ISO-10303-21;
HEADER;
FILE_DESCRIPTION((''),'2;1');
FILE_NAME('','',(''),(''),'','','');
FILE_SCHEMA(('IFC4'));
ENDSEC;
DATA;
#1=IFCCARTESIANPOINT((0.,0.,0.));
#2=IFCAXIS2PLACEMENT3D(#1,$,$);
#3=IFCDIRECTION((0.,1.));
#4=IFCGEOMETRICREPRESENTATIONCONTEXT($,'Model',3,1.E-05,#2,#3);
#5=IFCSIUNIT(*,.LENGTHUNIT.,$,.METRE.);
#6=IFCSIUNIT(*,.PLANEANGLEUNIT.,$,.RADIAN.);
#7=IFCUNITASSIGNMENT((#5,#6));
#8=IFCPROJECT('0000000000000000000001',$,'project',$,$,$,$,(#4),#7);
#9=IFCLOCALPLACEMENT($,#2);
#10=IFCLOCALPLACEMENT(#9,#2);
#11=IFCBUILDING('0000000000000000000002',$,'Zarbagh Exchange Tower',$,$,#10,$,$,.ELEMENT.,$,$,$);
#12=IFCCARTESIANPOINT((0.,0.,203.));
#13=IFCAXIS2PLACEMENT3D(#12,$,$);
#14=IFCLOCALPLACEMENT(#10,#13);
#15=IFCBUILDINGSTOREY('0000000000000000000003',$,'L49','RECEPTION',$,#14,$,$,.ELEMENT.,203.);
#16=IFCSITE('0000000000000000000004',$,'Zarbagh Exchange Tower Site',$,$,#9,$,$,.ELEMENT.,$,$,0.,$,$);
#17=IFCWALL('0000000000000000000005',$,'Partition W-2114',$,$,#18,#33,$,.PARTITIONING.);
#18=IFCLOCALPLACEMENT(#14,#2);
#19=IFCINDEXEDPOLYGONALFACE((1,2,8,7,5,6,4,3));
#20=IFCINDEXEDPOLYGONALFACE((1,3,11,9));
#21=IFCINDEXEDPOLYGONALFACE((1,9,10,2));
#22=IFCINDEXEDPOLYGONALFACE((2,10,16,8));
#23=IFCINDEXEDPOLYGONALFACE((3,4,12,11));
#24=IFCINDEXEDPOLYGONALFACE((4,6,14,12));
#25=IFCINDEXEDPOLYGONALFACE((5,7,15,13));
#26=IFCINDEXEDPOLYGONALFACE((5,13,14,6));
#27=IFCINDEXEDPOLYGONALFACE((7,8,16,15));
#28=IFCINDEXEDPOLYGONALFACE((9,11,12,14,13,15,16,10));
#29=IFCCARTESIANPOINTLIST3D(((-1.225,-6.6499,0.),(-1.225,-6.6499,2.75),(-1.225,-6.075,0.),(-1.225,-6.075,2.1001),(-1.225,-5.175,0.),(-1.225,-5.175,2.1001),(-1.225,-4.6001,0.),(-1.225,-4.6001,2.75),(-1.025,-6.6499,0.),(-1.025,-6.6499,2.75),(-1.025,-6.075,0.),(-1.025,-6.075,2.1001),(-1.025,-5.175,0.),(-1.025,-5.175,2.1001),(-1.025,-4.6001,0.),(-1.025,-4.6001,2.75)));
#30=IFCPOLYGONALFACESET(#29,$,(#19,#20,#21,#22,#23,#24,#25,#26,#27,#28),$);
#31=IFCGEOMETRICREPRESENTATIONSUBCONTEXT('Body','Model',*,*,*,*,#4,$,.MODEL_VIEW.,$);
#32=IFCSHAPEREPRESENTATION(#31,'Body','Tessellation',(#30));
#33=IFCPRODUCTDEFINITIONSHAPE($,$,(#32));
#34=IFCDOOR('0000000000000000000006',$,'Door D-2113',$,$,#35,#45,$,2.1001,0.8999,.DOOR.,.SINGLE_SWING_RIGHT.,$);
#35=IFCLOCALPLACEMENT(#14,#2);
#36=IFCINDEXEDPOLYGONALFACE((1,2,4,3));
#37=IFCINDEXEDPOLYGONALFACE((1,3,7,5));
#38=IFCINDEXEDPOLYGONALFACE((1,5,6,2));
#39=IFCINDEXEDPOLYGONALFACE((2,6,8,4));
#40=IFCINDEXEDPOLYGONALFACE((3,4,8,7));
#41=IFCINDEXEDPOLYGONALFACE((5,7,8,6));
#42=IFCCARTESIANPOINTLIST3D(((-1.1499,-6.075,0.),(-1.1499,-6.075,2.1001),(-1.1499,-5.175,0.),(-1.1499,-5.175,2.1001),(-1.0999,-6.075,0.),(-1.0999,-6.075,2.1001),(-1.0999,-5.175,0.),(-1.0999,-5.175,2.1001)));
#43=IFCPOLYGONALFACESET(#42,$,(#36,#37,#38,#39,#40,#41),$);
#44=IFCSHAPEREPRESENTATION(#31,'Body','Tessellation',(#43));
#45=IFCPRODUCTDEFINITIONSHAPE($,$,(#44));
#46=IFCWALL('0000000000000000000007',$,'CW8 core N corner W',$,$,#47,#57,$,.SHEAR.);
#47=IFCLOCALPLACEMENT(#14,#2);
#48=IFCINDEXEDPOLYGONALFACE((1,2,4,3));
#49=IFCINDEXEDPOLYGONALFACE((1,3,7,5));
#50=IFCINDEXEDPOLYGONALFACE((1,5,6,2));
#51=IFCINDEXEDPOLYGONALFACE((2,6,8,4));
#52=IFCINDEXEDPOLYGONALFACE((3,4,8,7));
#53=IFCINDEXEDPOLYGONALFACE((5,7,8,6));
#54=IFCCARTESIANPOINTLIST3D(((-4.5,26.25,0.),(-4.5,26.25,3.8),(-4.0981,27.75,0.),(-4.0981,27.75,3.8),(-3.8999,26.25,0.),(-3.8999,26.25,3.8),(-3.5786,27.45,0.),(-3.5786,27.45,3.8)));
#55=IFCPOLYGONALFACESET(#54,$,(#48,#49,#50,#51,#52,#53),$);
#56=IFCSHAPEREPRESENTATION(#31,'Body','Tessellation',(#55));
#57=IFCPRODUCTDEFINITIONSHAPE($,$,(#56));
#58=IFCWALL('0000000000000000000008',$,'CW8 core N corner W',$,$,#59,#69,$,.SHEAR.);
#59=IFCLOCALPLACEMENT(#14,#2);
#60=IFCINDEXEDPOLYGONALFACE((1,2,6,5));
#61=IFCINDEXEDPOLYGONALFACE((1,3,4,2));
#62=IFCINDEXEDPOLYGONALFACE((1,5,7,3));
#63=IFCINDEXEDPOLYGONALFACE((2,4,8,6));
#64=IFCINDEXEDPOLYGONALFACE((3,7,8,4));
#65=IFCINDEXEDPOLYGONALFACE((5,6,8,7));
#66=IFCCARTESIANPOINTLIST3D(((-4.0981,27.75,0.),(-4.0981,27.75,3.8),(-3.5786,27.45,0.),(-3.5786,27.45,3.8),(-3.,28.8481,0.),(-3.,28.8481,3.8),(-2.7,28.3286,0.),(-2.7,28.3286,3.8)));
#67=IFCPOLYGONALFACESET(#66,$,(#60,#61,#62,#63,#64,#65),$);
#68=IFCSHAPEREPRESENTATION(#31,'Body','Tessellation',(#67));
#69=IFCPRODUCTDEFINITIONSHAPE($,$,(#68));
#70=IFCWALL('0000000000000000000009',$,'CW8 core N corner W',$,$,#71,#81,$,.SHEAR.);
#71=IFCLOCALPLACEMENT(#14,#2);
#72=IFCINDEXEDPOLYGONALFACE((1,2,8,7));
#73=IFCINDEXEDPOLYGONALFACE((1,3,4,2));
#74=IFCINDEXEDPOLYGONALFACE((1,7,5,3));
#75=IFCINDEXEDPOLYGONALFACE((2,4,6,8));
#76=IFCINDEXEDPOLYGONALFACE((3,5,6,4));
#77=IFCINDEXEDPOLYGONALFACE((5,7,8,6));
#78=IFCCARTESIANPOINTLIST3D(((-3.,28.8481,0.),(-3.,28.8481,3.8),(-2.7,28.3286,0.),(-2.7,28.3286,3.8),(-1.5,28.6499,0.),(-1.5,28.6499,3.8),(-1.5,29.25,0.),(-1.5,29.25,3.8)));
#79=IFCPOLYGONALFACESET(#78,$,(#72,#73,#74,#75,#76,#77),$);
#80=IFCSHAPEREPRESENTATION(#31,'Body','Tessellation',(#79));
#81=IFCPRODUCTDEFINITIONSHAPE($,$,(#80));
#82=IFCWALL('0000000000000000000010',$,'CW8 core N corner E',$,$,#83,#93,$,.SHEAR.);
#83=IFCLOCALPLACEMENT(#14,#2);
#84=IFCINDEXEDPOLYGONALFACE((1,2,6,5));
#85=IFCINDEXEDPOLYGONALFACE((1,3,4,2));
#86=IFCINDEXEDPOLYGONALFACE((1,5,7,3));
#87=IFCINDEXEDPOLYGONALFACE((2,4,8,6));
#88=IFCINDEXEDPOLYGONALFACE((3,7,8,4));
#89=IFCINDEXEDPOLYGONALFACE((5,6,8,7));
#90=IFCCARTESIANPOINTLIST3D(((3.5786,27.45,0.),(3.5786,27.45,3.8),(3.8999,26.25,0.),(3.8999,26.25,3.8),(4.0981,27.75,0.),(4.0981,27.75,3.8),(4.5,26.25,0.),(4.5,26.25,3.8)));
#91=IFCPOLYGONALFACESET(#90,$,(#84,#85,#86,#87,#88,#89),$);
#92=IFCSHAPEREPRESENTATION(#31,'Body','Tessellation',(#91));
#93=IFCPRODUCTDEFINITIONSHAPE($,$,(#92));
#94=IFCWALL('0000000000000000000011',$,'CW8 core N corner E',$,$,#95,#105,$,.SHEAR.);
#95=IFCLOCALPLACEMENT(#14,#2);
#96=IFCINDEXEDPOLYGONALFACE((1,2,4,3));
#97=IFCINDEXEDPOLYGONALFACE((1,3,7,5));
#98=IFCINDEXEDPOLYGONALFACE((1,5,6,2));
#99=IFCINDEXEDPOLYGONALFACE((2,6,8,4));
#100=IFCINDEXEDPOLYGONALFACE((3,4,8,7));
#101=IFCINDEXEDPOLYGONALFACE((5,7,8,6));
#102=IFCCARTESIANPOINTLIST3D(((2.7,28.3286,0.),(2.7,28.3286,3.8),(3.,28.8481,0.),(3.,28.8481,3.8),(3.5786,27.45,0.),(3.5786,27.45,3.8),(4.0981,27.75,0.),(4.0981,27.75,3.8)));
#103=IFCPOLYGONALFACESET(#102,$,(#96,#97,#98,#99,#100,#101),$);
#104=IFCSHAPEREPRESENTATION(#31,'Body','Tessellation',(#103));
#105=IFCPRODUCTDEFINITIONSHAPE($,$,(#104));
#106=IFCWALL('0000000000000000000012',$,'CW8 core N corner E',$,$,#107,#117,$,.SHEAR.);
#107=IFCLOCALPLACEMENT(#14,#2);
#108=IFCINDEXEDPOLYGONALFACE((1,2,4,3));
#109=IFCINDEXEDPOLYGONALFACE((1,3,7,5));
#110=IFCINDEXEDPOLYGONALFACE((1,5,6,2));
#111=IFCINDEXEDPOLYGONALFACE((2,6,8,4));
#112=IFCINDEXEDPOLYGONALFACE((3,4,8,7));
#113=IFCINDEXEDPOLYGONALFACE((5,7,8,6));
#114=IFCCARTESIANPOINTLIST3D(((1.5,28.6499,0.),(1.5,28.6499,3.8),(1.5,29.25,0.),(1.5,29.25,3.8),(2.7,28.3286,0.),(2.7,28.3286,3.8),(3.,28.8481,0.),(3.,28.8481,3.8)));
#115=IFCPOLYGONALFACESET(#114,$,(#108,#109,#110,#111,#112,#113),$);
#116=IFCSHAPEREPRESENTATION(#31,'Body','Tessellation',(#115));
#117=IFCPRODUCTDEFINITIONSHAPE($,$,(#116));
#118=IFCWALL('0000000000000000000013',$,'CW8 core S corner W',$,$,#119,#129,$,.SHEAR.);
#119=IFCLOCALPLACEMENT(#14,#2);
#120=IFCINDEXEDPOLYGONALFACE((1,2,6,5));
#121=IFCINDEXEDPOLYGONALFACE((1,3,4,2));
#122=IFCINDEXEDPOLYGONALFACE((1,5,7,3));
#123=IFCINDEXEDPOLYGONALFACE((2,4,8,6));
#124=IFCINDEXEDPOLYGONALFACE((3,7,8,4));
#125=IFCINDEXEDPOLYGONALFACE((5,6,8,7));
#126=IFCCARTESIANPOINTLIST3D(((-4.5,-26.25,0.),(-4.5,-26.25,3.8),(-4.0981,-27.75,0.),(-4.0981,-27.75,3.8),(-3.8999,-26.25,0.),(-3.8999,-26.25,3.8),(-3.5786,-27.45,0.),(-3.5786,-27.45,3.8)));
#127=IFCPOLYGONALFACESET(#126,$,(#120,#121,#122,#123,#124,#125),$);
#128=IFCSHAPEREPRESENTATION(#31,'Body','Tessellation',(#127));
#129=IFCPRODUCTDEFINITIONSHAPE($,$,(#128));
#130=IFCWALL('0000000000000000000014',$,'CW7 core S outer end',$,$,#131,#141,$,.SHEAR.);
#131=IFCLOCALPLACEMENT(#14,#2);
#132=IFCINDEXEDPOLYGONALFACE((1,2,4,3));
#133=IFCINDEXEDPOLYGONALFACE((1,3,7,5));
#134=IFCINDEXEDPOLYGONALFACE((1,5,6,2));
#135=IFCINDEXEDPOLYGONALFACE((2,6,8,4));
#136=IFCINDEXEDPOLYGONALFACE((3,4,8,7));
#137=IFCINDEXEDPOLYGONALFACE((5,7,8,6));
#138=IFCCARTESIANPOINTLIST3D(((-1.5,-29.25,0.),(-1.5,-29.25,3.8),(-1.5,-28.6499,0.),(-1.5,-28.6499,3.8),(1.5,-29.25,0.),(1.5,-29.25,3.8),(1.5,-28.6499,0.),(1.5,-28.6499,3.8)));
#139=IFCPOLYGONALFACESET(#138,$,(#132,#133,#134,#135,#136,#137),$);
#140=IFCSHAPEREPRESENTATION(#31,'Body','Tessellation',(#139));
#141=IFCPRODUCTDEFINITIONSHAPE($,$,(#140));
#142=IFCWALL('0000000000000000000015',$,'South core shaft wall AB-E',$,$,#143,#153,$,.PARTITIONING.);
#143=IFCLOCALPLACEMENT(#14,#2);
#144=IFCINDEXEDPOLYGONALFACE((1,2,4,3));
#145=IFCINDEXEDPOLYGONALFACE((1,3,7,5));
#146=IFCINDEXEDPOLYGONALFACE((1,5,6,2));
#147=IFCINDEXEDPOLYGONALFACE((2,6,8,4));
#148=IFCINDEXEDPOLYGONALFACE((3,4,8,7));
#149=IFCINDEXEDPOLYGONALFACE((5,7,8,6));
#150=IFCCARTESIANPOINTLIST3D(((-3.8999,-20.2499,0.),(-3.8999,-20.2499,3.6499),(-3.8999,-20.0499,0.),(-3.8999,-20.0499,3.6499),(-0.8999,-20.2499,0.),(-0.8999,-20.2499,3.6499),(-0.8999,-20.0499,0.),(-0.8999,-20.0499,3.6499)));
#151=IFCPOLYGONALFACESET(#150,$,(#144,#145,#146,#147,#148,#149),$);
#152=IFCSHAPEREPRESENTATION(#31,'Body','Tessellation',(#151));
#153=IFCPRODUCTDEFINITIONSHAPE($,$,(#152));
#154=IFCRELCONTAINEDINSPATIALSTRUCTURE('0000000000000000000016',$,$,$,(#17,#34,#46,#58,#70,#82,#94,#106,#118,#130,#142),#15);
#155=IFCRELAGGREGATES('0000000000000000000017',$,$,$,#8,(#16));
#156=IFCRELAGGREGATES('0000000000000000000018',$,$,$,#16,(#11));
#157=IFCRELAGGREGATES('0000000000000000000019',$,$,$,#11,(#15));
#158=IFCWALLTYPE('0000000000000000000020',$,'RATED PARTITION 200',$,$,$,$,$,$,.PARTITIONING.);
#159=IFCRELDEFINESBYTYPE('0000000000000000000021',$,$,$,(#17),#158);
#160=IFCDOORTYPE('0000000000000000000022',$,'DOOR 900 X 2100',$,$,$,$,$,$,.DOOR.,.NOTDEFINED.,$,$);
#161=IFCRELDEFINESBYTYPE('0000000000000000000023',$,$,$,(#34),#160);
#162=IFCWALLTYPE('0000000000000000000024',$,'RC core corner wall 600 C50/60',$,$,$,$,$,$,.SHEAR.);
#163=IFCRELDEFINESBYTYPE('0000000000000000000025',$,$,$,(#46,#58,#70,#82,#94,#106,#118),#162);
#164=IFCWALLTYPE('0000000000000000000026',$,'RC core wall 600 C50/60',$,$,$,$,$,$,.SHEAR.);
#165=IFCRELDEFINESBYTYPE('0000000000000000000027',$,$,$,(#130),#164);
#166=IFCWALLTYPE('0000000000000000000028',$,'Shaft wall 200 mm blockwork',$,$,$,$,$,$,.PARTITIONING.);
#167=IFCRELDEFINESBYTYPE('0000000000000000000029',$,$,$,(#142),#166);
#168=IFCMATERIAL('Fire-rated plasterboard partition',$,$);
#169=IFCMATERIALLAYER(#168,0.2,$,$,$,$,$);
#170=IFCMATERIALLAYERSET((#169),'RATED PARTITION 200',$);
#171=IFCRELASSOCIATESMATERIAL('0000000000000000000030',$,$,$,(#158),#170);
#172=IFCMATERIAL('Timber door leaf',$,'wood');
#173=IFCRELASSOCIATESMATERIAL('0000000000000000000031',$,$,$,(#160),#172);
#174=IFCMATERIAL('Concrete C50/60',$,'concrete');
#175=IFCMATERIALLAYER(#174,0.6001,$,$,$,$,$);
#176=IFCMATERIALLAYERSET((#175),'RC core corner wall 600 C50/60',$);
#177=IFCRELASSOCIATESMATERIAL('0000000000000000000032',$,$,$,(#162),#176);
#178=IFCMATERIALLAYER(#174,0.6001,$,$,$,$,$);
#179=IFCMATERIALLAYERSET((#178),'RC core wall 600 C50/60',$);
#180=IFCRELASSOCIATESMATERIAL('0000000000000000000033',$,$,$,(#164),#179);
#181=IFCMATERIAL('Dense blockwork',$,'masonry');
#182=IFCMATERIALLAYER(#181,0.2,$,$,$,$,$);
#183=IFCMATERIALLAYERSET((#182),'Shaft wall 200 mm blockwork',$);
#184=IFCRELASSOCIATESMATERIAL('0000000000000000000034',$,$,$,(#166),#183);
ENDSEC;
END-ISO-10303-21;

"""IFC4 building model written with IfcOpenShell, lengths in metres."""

from ifc_helpers import new_model, si_unit, direction, frame, frame_2d, origin, place, context, subcontext, project, spatial, polyline, rectangle, outline, extrude, material, layer, layer_set, type_object, element, fill, save


model = new_model("IFC4")

# Units and contexts
model_context = context("Model", 3, precision=1e-05, world=origin(), true_north=direction((0.0, 1.0)))
body_context = subcontext(model_context, "Body", "Model", "MODEL_VIEW")
ifc_project = project(units=[si_unit("LENGTHUNIT", "METRE"), si_unit("PLANEANGLEUNIT", "RADIAN")], contexts=[model_context])

# Site, building, storey
site_placement = place(None, origin())
site = spatial("IfcSite", under=ifc_project, at=site_placement, Name="Zarbagh Exchange Tower Site", CompositionType="ELEMENT", RefElevation=0.0)
building_placement = place(site_placement, origin())
building = spatial("IfcBuilding", under=site, at=building_placement, Name="Zarbagh Exchange Tower", CompositionType="ELEMENT")
storey_placement = place(building_placement, frame((0.0, 0.0, 203.0)))
storey = spatial("IfcBuildingStorey", under=building, at=storey_placement, Name="L49", Description="RECEPTION", CompositionType="ELEMENT", Elevation=203.0)

# Shared definitions
ifc_material_1 = material(Name="Dense blockwork", Category="masonry")

# Shared definitions
ifc_material_2 = material(Name="Fire-rated plasterboard partition")
ifc_layer_1 = layer(ifc_material_2, 0.2)
ifc_layer_set_1 = layer_set([ifc_layer_1], Name="RATED PARTITION 200")
wall_type_1 = type_object("IfcWallType", Name="RATED PARTITION 200", PredefinedType="PARTITIONING", material=ifc_layer_set_1)
ifc_material_3 = material(Name="Timber door leaf", Category="wood")
door_type_1 = type_object("IfcDoorType", Name="DOOR 900 X 2100", OperationType="NOTDEFINED", PredefinedType="DOOR", material=ifc_material_3)

# Wall, opening, door
wall_1_placement = place(storey_placement, frame((-1.125, -6.6499, 0.0), z_axis=(0.0, 0.0, 1.0), x_axis=(0.0, 1.0, 0.0)))
wall_1 = element("IfcWall", 1, at=wall_1_placement, inside=storey, type_object=wall_type_1, Name="Partition W-2114", PredefinedType="PARTITIONING", context=body_context, shape_type="SweptSolid", body=[
    extrude(rectangle(XDim=2.0498, YDim=0.2, at=frame_2d((1.0249, 0.0))), origin(), (0.0, 0.0, 1.0), 2.75),
])
opening_1_placement = place(wall_1_placement, frame((0.575, 0.0, 0.0)))
opening_1 = element("IfcOpeningElement", 2, at=opening_1_placement, cuts=wall_1, PredefinedType="OPENING", context=body_context, shape_type="SweptSolid", body=[
    extrude(rectangle(XDim=0.8999, YDim=2.1001, at=frame_2d((0.45, 1.05))), frame((0.0, 0.1099, 0.0), z_axis=(0.0, -1.0, 0.0), x_axis=(1.0, 0.0, 0.0)), (0.0, 0.0, 1.0), 0.22),
])
door_1_placement = place(opening_1_placement, origin())
door_1 = element("IfcDoor", 3, at=door_1_placement, inside=storey, type_object=door_type_1, Name="Door D-2113", OperationType="SINGLE_SWING_RIGHT", OverallHeight=2.1001, OverallWidth=0.8999, PredefinedType="DOOR", context=body_context, shape_type="SweptSolid", body=[
    extrude(rectangle(XDim=0.8999, YDim=2.1001, at=frame_2d((0.45, 1.05))), frame((0.0, 0.0249, 0.0), z_axis=(0.0, -1.0, 0.0), x_axis=(1.0, 0.0, 0.0)), (0.0, 0.0, 1.0), 0.05),
])
fill(opening_1, door_1)

# Walls
ifc_material_4 = material(Name="Concrete C50/60", Category="concrete")
ifc_layer_2 = layer(ifc_material_4, 0.6001)
ifc_layer_set_2 = layer_set([ifc_layer_2], Name="RC core corner wall 600 C50/60")
wall_type_2 = type_object("IfcWallType", Name="RC core corner wall 600 C50/60", PredefinedType="SHEAR", material=ifc_layer_set_2)
wall_2_placement = place(storey_placement, origin())
element("IfcWall", 4, at=wall_2_placement, inside=storey, type_object=wall_type_2, Name="CW8 core N corner W", PredefinedType="SHEAR", context=body_context, shape_type="SweptSolid", body=[
    extrude(outline(polyline([(-4.5, 26.25), (-4.0981, 27.75), (-3.5786, 27.45), (-3.8999, 26.25), (-4.5, 26.25)])), origin(), (0.0, 0.0, 1.0), 3.8),
])
wall_3_placement = place(storey_placement, origin())
element("IfcWall", 5, at=wall_3_placement, inside=storey, type_object=wall_type_2, Name="CW8 core N corner W", PredefinedType="SHEAR", context=body_context, shape_type="SweptSolid", body=[
    extrude(outline(polyline([(-4.0981, 27.75), (-3.0, 28.8481), (-2.7, 28.3286), (-3.5786, 27.45), (-4.0981, 27.75)])), origin(), (0.0, 0.0, 1.0), 3.8),
])
wall_4_placement = place(storey_placement, origin())
element("IfcWall", 6, at=wall_4_placement, inside=storey, type_object=wall_type_2, Name="CW8 core N corner W", PredefinedType="SHEAR", context=body_context, shape_type="SweptSolid", body=[
    extrude(outline(polyline([(-3.0, 28.8481), (-1.5, 29.25), (-1.5, 28.6499), (-2.7, 28.3286), (-3.0, 28.8481)])), origin(), (0.0, 0.0, 1.0), 3.8),
])
wall_5_placement = place(storey_placement, origin())
element("IfcWall", 7, at=wall_5_placement, inside=storey, type_object=wall_type_2, Name="CW8 core N corner E", PredefinedType="SHEAR", context=body_context, shape_type="SweptSolid", body=[
    extrude(outline(polyline([(4.5, 26.25), (4.0981, 27.75), (3.5786, 27.45), (3.8999, 26.25), (4.5, 26.25)])), origin(), (0.0, 0.0, 1.0), 3.8),
])
wall_6_placement = place(storey_placement, origin())
element("IfcWall", 8, at=wall_6_placement, inside=storey, type_object=wall_type_2, Name="CW8 core N corner E", PredefinedType="SHEAR", context=body_context, shape_type="SweptSolid", body=[
    extrude(outline(polyline([(4.0981, 27.75), (3.0, 28.8481), (2.7, 28.3286), (3.5786, 27.45), (4.0981, 27.75)])), origin(), (0.0, 0.0, 1.0), 3.8),
])
wall_7_placement = place(storey_placement, origin())
element("IfcWall", 9, at=wall_7_placement, inside=storey, type_object=wall_type_2, Name="CW8 core N corner E", PredefinedType="SHEAR", context=body_context, shape_type="SweptSolid", body=[
    extrude(outline(polyline([(3.0, 28.8481), (1.5, 29.25), (1.5, 28.6499), (2.7, 28.3286), (3.0, 28.8481)])), origin(), (0.0, 0.0, 1.0), 3.8),
])
wall_8_placement = place(storey_placement, origin())
element("IfcWall", 10, at=wall_8_placement, inside=storey, type_object=wall_type_2, Name="CW8 core S corner W", PredefinedType="SHEAR", context=body_context, shape_type="SweptSolid", body=[
    extrude(outline(polyline([(-4.5, -26.25), (-4.0981, -27.75), (-3.5786, -27.45), (-3.8999, -26.25), (-4.5, -26.25)])), origin(), (0.0, 0.0, 1.0), 3.8),
])
ifc_layer_3 = layer(ifc_material_4, 0.6001)
ifc_layer_set_3 = layer_set([ifc_layer_3], Name="RC core wall 600 C50/60")
wall_type_3 = type_object("IfcWallType", Name="RC core wall 600 C50/60", PredefinedType="SHEAR", material=ifc_layer_set_3)
wall_9_placement = place(storey_placement, frame((-1.5, -28.95, 0.0), z_axis=(0.0, 0.0, 1.0), x_axis=(1.0, 0.0, 0.0)))
element("IfcWall", 11, at=wall_9_placement, inside=storey, type_object=wall_type_3, Name="CW7 core S outer end", PredefinedType="SHEAR", context=body_context, shape_type="SweptSolid", body=[
    extrude(rectangle(XDim=3.0, YDim=0.6001, at=frame_2d((1.5, 0.0))), origin(), (0.0, 0.0, 1.0), 3.8),
])
ifc_layer_4 = layer(ifc_material_1, 0.2)
ifc_layer_set_4 = layer_set([ifc_layer_4], Name="Shaft wall 200 mm blockwork")
wall_type_4 = type_object("IfcWallType", Name="Shaft wall 200 mm blockwork", PredefinedType="PARTITIONING", material=ifc_layer_set_4)
wall_10_placement = place(storey_placement, frame((-0.8999, -20.1499, 0.0), z_axis=(0.0, 0.0, 1.0), x_axis=(-1.0, 0.0, 0.0)))
element("IfcWall", 12, at=wall_10_placement, inside=storey, type_object=wall_type_4, Name="South core shaft wall AB-E", PredefinedType="PARTITIONING", context=body_context, shape_type="SweptSolid", body=[
    extrude(rectangle(XDim=3.0, YDim=0.2, at=frame_2d((1.5, 0.0))), origin(), (0.0, 0.0, 1.0), 3.6499),
])

save(model, "model.ifc")
